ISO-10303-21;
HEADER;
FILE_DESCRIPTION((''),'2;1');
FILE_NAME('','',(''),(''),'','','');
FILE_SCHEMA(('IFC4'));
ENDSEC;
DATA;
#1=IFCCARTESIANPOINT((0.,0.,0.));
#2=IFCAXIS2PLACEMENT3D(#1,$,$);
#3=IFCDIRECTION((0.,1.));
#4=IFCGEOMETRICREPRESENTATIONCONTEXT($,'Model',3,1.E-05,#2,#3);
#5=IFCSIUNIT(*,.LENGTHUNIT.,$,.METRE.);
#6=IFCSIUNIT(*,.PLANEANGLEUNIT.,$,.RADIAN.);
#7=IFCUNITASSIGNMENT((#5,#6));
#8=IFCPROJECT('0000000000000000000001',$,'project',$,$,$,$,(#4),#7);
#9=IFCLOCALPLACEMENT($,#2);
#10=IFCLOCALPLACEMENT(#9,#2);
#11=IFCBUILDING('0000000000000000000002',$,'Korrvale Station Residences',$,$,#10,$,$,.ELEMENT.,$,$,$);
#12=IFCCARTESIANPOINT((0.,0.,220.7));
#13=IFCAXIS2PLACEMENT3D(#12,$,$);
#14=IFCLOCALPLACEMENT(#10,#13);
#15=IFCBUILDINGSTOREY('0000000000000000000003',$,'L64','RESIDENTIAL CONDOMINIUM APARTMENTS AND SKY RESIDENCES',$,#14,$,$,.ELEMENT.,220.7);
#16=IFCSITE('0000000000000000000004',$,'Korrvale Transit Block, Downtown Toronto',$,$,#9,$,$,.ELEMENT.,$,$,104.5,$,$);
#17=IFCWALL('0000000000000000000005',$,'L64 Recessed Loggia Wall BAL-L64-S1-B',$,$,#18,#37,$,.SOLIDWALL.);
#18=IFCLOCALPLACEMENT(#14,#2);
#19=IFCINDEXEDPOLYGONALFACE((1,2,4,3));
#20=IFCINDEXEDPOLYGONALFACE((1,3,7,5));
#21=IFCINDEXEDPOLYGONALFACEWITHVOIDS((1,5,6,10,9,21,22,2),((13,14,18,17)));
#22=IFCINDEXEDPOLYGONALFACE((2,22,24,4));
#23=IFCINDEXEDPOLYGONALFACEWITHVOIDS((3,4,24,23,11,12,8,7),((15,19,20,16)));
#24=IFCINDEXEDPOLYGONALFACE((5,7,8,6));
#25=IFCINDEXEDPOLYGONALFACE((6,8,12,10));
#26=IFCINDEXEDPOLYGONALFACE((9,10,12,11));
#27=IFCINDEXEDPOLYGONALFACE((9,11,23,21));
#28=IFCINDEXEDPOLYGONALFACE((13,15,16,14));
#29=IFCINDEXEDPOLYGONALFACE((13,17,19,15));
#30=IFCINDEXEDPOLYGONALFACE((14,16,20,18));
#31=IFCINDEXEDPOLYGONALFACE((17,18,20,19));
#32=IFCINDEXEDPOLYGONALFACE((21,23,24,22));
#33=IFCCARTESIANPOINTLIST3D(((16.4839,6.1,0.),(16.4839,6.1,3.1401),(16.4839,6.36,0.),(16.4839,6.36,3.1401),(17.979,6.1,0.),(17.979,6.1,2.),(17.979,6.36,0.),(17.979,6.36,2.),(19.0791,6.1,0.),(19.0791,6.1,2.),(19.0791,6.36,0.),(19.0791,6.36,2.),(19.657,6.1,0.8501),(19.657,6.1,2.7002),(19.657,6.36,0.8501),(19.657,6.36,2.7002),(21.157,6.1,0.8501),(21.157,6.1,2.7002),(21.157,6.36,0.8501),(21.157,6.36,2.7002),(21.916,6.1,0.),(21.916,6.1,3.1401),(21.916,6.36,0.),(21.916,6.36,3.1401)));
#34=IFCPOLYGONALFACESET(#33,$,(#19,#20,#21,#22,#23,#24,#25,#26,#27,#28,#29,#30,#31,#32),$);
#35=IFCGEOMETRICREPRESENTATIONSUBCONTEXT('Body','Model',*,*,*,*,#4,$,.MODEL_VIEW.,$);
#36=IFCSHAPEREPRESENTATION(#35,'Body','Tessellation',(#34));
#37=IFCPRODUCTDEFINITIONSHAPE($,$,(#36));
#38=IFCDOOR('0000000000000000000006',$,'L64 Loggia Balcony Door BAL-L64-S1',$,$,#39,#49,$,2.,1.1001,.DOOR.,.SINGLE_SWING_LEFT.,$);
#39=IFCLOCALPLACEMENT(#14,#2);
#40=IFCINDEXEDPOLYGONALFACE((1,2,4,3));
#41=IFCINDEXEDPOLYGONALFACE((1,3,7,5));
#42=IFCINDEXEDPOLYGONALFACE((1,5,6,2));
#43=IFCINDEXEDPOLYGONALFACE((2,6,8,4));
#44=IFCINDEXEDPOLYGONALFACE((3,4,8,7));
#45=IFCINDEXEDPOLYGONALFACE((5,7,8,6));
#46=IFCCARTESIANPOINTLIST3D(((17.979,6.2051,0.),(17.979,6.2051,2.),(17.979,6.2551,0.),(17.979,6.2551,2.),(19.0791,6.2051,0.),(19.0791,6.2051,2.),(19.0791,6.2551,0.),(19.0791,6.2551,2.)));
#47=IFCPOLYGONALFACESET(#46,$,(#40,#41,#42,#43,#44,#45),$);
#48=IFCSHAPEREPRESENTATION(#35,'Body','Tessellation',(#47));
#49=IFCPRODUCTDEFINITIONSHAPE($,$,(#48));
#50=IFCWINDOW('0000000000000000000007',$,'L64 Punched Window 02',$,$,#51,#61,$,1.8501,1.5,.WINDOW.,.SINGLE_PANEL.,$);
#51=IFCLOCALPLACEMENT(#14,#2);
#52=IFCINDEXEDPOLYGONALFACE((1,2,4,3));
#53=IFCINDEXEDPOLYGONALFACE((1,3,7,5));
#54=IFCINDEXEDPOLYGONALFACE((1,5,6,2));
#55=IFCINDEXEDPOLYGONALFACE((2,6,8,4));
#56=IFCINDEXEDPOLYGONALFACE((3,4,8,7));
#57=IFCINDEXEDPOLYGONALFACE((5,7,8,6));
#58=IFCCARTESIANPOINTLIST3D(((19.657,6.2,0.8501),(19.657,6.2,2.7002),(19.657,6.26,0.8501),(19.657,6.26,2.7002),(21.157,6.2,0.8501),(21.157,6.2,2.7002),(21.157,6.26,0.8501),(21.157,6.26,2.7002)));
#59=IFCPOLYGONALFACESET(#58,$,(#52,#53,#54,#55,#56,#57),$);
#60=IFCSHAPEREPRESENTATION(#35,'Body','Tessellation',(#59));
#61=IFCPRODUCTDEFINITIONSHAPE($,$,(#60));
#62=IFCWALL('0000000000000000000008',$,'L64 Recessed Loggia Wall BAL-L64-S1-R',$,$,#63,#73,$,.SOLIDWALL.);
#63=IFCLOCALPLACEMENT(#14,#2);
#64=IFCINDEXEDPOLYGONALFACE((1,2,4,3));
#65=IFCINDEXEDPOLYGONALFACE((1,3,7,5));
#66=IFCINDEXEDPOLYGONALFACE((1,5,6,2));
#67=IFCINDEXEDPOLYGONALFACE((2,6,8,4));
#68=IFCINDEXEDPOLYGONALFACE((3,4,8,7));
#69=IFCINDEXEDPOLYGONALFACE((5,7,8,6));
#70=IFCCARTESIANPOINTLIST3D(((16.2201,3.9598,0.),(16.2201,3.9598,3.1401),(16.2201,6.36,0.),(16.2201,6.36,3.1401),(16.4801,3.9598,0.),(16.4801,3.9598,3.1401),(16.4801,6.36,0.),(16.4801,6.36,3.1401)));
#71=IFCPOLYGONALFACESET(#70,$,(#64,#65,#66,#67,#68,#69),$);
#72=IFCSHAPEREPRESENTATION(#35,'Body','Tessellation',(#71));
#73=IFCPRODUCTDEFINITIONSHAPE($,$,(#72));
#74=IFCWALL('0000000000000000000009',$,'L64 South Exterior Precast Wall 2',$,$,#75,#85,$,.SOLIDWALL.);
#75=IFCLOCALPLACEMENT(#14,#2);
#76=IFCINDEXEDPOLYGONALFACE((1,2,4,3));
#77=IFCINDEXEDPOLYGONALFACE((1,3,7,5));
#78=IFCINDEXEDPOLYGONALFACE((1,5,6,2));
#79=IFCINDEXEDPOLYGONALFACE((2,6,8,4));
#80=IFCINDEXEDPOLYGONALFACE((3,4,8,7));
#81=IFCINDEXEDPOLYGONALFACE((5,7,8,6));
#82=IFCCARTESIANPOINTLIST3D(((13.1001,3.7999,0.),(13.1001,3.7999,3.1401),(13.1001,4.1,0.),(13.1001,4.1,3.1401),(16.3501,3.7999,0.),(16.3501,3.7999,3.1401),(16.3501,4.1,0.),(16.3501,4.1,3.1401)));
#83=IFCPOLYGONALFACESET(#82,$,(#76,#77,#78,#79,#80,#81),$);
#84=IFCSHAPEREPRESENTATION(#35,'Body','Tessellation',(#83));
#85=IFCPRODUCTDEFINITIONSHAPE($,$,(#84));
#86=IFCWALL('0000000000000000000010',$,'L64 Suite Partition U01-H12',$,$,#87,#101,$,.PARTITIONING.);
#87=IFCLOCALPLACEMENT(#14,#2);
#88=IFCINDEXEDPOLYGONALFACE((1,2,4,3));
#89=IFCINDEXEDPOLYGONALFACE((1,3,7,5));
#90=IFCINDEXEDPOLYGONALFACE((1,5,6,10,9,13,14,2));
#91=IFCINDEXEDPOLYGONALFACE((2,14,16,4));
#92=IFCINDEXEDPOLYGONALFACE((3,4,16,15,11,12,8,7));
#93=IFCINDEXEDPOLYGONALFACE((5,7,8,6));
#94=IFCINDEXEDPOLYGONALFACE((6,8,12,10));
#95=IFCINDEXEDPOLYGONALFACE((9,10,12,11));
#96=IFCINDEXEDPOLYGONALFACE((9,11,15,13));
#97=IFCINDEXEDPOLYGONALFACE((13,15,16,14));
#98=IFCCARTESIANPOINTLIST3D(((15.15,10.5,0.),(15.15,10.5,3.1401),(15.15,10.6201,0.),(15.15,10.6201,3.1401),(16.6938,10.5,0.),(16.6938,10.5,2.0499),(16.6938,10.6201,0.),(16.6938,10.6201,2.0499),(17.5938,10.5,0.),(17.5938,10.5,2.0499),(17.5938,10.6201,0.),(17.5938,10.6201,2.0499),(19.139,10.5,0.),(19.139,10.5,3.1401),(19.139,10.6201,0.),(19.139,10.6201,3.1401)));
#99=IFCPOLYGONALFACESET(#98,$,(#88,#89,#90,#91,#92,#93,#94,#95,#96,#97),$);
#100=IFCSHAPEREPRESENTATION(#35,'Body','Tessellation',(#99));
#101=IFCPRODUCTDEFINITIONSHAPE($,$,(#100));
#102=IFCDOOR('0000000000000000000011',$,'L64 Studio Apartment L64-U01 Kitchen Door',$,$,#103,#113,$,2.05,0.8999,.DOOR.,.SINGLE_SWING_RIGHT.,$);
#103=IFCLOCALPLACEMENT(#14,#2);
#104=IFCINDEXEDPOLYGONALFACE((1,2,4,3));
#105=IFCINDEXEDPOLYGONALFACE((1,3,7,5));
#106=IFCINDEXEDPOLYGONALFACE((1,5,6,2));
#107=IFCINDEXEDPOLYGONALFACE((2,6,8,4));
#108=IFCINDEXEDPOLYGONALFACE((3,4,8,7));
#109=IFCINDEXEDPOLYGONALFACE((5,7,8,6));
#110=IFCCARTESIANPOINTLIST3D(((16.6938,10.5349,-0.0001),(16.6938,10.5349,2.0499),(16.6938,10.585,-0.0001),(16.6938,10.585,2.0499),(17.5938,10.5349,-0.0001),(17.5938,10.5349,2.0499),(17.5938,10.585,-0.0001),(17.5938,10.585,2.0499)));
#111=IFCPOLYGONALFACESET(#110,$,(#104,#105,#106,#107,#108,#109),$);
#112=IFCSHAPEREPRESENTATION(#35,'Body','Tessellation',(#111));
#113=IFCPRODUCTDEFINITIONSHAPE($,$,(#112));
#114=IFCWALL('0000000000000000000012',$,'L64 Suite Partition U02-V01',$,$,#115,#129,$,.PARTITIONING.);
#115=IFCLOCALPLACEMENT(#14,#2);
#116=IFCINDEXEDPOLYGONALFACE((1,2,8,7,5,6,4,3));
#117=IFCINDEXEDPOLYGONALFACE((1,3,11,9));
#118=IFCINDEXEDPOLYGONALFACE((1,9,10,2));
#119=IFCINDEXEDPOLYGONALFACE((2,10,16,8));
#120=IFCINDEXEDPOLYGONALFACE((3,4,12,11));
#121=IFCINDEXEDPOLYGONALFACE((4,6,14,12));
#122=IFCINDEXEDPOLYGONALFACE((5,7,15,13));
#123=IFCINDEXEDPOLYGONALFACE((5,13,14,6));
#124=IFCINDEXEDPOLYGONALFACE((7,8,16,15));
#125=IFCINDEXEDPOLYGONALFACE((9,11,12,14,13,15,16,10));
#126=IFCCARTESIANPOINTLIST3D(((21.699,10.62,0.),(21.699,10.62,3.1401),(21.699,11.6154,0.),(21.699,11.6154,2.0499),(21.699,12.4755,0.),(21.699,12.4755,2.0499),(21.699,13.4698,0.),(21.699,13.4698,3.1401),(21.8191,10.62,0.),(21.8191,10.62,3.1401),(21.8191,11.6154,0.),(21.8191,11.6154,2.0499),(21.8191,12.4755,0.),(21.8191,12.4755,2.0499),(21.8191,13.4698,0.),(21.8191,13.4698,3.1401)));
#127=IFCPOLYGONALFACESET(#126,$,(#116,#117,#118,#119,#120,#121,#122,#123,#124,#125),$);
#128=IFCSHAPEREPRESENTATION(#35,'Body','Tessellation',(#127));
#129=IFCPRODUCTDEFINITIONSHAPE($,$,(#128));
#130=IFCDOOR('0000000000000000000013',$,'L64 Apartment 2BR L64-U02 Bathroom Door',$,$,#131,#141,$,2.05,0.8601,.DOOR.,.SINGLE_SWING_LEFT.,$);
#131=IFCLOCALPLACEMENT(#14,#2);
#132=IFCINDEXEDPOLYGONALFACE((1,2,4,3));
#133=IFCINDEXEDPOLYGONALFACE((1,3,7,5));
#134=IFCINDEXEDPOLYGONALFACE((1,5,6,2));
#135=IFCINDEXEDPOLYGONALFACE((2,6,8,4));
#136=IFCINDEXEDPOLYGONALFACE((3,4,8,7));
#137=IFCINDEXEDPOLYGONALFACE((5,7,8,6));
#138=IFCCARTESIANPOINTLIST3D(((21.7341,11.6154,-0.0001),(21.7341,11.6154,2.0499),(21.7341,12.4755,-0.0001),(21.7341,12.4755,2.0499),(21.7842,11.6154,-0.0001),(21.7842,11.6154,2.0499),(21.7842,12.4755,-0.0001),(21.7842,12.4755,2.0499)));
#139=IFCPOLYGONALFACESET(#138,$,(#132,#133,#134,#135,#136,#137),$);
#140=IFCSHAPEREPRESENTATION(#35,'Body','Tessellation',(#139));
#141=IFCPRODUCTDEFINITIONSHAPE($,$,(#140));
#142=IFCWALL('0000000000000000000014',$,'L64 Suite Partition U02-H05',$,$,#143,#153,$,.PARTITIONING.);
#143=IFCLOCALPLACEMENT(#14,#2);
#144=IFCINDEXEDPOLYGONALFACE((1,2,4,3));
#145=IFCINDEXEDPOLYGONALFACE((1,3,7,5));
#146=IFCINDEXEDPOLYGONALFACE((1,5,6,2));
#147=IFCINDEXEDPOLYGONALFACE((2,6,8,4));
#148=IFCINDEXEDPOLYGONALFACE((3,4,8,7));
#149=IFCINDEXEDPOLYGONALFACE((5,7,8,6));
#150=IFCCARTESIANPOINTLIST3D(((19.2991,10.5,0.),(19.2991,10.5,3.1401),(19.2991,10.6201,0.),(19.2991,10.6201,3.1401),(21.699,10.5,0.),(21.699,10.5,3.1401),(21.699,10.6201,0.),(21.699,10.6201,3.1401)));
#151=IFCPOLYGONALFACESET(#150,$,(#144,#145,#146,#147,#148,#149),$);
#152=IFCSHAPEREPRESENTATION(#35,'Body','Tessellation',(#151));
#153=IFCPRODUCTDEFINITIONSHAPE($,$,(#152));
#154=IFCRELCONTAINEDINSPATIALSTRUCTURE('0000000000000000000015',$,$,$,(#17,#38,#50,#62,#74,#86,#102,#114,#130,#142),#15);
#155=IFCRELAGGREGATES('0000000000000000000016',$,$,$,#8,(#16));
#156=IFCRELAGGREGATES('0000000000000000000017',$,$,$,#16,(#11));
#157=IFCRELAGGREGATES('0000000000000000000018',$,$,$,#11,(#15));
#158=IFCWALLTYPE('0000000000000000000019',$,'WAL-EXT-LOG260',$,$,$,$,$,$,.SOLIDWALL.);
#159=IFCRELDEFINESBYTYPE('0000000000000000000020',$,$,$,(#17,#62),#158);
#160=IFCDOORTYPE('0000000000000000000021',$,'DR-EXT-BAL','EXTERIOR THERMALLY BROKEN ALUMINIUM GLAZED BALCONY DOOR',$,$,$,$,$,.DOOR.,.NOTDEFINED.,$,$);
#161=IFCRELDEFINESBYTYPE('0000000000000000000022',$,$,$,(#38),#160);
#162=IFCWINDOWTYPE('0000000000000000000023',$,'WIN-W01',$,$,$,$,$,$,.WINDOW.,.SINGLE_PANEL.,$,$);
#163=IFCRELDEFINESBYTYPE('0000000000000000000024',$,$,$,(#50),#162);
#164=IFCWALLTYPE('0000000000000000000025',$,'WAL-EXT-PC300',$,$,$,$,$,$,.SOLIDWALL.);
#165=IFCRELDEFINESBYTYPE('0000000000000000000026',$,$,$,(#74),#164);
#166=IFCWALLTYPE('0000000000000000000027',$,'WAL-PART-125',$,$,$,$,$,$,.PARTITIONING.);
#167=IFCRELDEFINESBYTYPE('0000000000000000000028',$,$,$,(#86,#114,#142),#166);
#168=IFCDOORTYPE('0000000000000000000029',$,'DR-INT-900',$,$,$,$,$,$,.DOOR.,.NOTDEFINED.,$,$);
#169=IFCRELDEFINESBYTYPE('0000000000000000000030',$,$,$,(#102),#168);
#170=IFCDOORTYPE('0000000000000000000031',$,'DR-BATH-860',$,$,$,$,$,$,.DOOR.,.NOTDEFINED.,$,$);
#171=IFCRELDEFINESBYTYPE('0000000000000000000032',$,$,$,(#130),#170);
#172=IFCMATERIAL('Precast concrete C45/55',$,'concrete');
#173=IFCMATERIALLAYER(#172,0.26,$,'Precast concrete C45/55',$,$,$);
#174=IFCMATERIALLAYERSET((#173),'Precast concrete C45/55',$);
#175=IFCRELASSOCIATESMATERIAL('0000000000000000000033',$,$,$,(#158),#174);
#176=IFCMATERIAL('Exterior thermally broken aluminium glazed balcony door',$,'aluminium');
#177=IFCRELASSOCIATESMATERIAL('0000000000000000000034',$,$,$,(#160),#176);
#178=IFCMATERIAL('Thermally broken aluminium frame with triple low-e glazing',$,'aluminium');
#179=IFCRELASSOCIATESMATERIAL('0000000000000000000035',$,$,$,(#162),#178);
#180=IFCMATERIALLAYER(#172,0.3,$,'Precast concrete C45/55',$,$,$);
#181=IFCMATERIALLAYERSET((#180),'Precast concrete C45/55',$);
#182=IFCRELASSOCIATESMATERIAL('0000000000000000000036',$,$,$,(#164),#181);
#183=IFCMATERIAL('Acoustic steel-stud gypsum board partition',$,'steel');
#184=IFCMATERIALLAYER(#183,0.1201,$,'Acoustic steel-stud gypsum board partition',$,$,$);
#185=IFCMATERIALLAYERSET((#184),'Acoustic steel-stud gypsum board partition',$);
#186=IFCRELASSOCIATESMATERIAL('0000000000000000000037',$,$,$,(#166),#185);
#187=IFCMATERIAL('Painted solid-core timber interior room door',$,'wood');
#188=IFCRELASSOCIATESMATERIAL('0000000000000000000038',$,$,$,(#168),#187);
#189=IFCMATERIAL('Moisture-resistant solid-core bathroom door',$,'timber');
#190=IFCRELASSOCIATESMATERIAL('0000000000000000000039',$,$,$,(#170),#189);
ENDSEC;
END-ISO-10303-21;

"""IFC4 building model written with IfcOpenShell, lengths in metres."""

from ifc_helpers import new_model, si_unit, direction, frame, frame_2d, origin, place, context, subcontext, project, spatial, rectangle, extrude, material, layer, layer_set, type_object, element, fill, save


model = new_model("IFC4")

# Units and contexts
model_context = context("Model", 3, precision=1e-05, world=origin(), true_north=direction((0.0, 1.0)))
body_context = subcontext(model_context, "Body", "Model", "MODEL_VIEW")
ifc_project = project(units=[si_unit("LENGTHUNIT", "METRE"), si_unit("PLANEANGLEUNIT", "RADIAN")], contexts=[model_context])

# Site, building, storey
site_placement = place(None, origin())
site = spatial("IfcSite", under=ifc_project, at=site_placement, Name="Korrvale Transit Block, Downtown Toronto", CompositionType="ELEMENT", RefElevation=104.5)
building_placement = place(site_placement, origin())
building = spatial("IfcBuilding", under=site, at=building_placement, Name="Korrvale Station Residences", CompositionType="ELEMENT")
storey_placement = place(building_placement, frame((0.0, 0.0, 220.7)))
storey = spatial("IfcBuildingStorey", under=building, at=storey_placement, Name="L64", Description="RESIDENTIAL CONDOMINIUM APARTMENTS AND SKY RESIDENCES", CompositionType="ELEMENT", Elevation=220.7)

# Shared definitions
ifc_material_1 = material(Name="Precast concrete C45/55", Category="concrete")
ifc_layer_1 = layer(ifc_material_1, 0.26, Name="Precast concrete C45/55")
ifc_layer_set_1 = layer_set([ifc_layer_1], Name="Precast concrete C45/55")
wall_type_1 = type_object("IfcWallType", Name="WAL-EXT-LOG260", PredefinedType="SOLIDWALL", material=ifc_layer_set_1)

# Wall, openings, door, window
wall_1_placement = place(storey_placement, frame((21.916, 6.23, 0.0), z_axis=(0.0, 0.0, 1.0), x_axis=(-1.0, 0.0, 0.0)))
wall_1 = element("IfcWall", 1, at=wall_1_placement, inside=storey, type_object=wall_type_1, Name="L64 Recessed Loggia Wall BAL-L64-S1-B", PredefinedType="SOLIDWALL", context=body_context, shape_type="SweptSolid", body=[
    extrude(rectangle(XDim=5.4321, YDim=0.26, at=frame_2d((2.7161, 0.0))), origin(), (0.0, 0.0, 1.0), 3.1401),
])
opening_1_placement = place(wall_1_placement, frame((2.8369, 0.0, 0.0)))
opening_1 = element("IfcOpeningElement", 2, at=opening_1_placement, cuts=wall_1, PredefinedType="OPENING", context=body_context, shape_type="SweptSolid", body=[
    extrude(rectangle(XDim=1.1001, YDim=2.0, at=frame_2d((0.55, 1.0))), frame((0.0, 0.1401, 0.0), z_axis=(0.0, -1.0, 0.0), x_axis=(1.0, 0.0, 0.0)), (0.0, 0.0, 1.0), 0.28),
])
opening_2_placement = place(wall_1_placement, frame((0.759, 0.0, 0.8501)))
opening_2 = element("IfcOpeningElement", 3, at=opening_2_placement, cuts=wall_1, PredefinedType="OPENING", context=body_context, shape_type="SweptSolid", body=[
    extrude(rectangle(XDim=1.5, YDim=1.8501, at=frame_2d((0.75, 0.925))), frame((0.0, 0.1401, 0.0), z_axis=(0.0, -1.0, 0.0), x_axis=(1.0, 0.0, 0.0)), (0.0, 0.0, 1.0), 0.28),
])
ifc_material_2 = material(Name="Exterior thermally broken aluminium glazed balcony door", Category="aluminium")
door_type_1 = type_object("IfcDoorType", Name="DR-EXT-BAL", Description="EXTERIOR THERMALLY BROKEN ALUMINIUM GLAZED BALCONY DOOR", OperationType="NOTDEFINED", PredefinedType="DOOR", material=ifc_material_2)
door_1_placement = place(opening_1_placement, origin())
door_1 = element("IfcDoor", 4, at=door_1_placement, inside=storey, type_object=door_type_1, Name="L64 Loggia Balcony Door BAL-L64-S1", OperationType="SINGLE_SWING_LEFT", OverallHeight=2.0, OverallWidth=1.1001, PredefinedType="DOOR", context=body_context, shape_type="SweptSolid", body=[
    extrude(rectangle(XDim=1.1001, YDim=2.0, at=frame_2d((0.55, 1.0))), frame((0.0, 0.0249, 0.0), z_axis=(0.0, -1.0, 0.0), x_axis=(1.0, 0.0, 0.0)), (0.0, 0.0, 1.0), 0.05),
])
fill(opening_1, door_1)
ifc_material_3 = material(Name="Thermally broken aluminium frame with triple low-e glazing", Category="aluminium")
window_type = type_object("IfcWindowType", Name="WIN-W01", PartitioningType="SINGLE_PANEL", PredefinedType="WINDOW", material=ifc_material_3)
window_placement = place(opening_2_placement, origin())
window = element("IfcWindow", 5, at=window_placement, inside=storey, type_object=window_type, Name="L64 Punched Window 02", OverallHeight=1.8501, OverallWidth=1.5, PartitioningType="SINGLE_PANEL", PredefinedType="WINDOW", context=body_context, shape_type="SweptSolid", body=[
    extrude(rectangle(XDim=1.5, YDim=1.8501, at=frame_2d((0.75, 0.925))), frame((0.0, 0.03, 0.0), z_axis=(0.0, -1.0, 0.0), x_axis=(1.0, 0.0, 0.0)), (0.0, 0.0, 1.0), 0.0601),
])
fill(opening_2, window)

# Walls
wall_2_placement = place(storey_placement, frame((16.3501, 6.3601, 0.0), z_axis=(0.0, 0.0, 1.0), x_axis=(0.0, -1.0, 0.0)))
element("IfcWall", 6, at=wall_2_placement, inside=storey, type_object=wall_type_1, Name="L64 Recessed Loggia Wall BAL-L64-S1-R", PredefinedType="SOLIDWALL", context=body_context, shape_type="SweptSolid", body=[
    extrude(rectangle(XDim=2.4001, YDim=0.26, at=frame_2d((1.2002, 0.0))), origin(), (0.0, 0.0, 1.0), 3.1401),
])
ifc_layer_2 = layer(ifc_material_1, 0.3, Name="Precast concrete C45/55")
ifc_layer_set_2 = layer_set([ifc_layer_2], Name="Precast concrete C45/55")
wall_type_2 = type_object("IfcWallType", Name="WAL-EXT-PC300", PredefinedType="SOLIDWALL", material=ifc_layer_set_2)
wall_3_placement = place(storey_placement, frame((16.3501, 3.95, 0.0), z_axis=(0.0, 0.0, 1.0), x_axis=(-1.0, 0.0, 0.0)))
element("IfcWall", 7, at=wall_3_placement, inside=storey, type_object=wall_type_2, Name="L64 South Exterior Precast Wall 2", PredefinedType="SOLIDWALL", context=body_context, shape_type="SweptSolid", body=[
    extrude(rectangle(XDim=3.25, YDim=0.3, at=frame_2d((1.625, 0.0))), origin(), (0.0, 0.0, 1.0), 3.1401),
])

# Walls, openings, doors
ifc_material_4 = material(Name="Acoustic steel-stud gypsum board partition", Category="steel")
ifc_layer_3 = layer(ifc_material_4, 0.1201, Name="Acoustic steel-stud gypsum board partition")
ifc_layer_set_3 = layer_set([ifc_layer_3], Name="Acoustic steel-stud gypsum board partition")
wall_type_3 = type_object("IfcWallType", Name="WAL-PART-125", PredefinedType="PARTITIONING", material=ifc_layer_set_3)
wall_4_placement = place(storey_placement, frame((15.1499, 10.5601, 0.0), z_axis=(0.0, 0.0, 1.0), x_axis=(1.0, 0.0, 0.0)))
wall_4 = element("IfcWall", 8, at=wall_4_placement, inside=storey, type_object=wall_type_3, Name="L64 Suite Partition U01-H12", PredefinedType="PARTITIONING", context=body_context, shape_type="SweptSolid", body=[
    extrude(rectangle(XDim=3.989, YDim=0.1201, at=frame_2d((1.9946, 0.0))), origin(), (0.0, 0.0, 1.0), 3.1401),
])
opening_3_placement = place(wall_4_placement, frame((1.5439, 0.0, 0.0)))
opening_3 = element("IfcOpeningElement", 9, at=opening_3_placement, cuts=wall_4, PredefinedType="OPENING", context=body_context, shape_type="SweptSolid", body=[
    extrude(rectangle(XDim=0.8999, YDim=2.05, at=frame_2d((0.45, 1.0249))), frame((0.0, 0.0701, 0.0), z_axis=(0.0, -1.0, 0.0), x_axis=(1.0, 0.0, 0.0)), (0.0, 0.0, 1.0), 0.1401),
])
ifc_material_5 = material(Name="Painted solid-core timber interior room door", Category="wood")
door_type_2 = type_object("IfcDoorType", Name="DR-INT-900", OperationType="NOTDEFINED", PredefinedType="DOOR", material=ifc_material_5)
door_2_placement = place(opening_3_placement, origin())
door_2 = element("IfcDoor", 10, at=door_2_placement, inside=storey, type_object=door_type_2, Name="L64 Studio Apartment L64-U01 Kitchen Door", OperationType="SINGLE_SWING_RIGHT", OverallHeight=2.05, OverallWidth=0.8999, PredefinedType="DOOR", context=body_context, shape_type="SweptSolid", body=[
    extrude(rectangle(XDim=0.8999, YDim=2.05, at=frame_2d((0.45, 1.0249))), frame((0.0, 0.0249, 0.0), z_axis=(0.0, -1.0, 0.0), x_axis=(1.0, 0.0, 0.0)), (0.0, 0.0, 1.0), 0.05),
])
fill(opening_3, door_2)
wall_5_placement = place(storey_placement, frame((21.759, 10.6201, 0.0), z_axis=(0.0, 0.0, 1.0), x_axis=(0.0, 1.0, 0.0)))
wall_5 = element("IfcWall", 11, at=wall_5_placement, inside=storey, type_object=wall_type_3, Name="L64 Suite Partition U02-V01", PredefinedType="PARTITIONING", context=body_context, shape_type="SweptSolid", body=[
    extrude(rectangle(XDim=2.8499, YDim=0.1201, at=frame_2d((1.4248, 0.0))), origin(), (0.0, 0.0, 1.0), 3.1401),
])
opening_4_placement = place(wall_5_placement, frame((0.9951, 0.0, 0.0)))
opening_4 = element("IfcOpeningElement", 12, at=opening_4_placement, cuts=wall_5, PredefinedType="OPENING", context=body_context, shape_type="SweptSolid", body=[
    extrude(rectangle(XDim=0.8601, YDim=2.05, at=frame_2d((0.4302, 1.0249))), frame((0.0, 0.0701, 0.0), z_axis=(0.0, -1.0, 0.0), x_axis=(1.0, 0.0, 0.0)), (0.0, 0.0, 1.0), 0.1401),
])
ifc_material_6 = material(Name="Moisture-resistant solid-core bathroom door", Category="timber")
door_type_3 = type_object("IfcDoorType", Name="DR-BATH-860", OperationType="NOTDEFINED", PredefinedType="DOOR", material=ifc_material_6)
door_3_placement = place(opening_4_placement, origin())
door_3 = element("IfcDoor", 13, at=door_3_placement, inside=storey, type_object=door_type_3, Name="L64 Apartment 2BR L64-U02 Bathroom Door", OperationType="SINGLE_SWING_LEFT", OverallHeight=2.05, OverallWidth=0.8601, PredefinedType="DOOR", context=body_context, shape_type="SweptSolid", body=[
    extrude(rectangle(XDim=0.8601, YDim=2.05, at=frame_2d((0.4302, 1.0249))), frame((0.0, 0.0249, 0.0), z_axis=(0.0, -1.0, 0.0), x_axis=(1.0, 0.0, 0.0)), (0.0, 0.0, 1.0), 0.05),
])
fill(opening_4, door_3)

# Wall
wall_6_placement = place(storey_placement, frame((19.2991, 10.5601, 0.0), z_axis=(0.0, 0.0, 1.0), x_axis=(1.0, 0.0, 0.0)))
element("IfcWall", 14, at=wall_6_placement, inside=storey, type_object=wall_type_3, Name="L64 Suite Partition U02-H05", PredefinedType="PARTITIONING", context=body_context, shape_type="SweptSolid", body=[
    extrude(rectangle(XDim=2.3999, YDim=0.1201, at=frame_2d((1.2, 0.0))), origin(), (0.0, 0.0, 1.0), 3.1401),
])

save(model, "model.ifc")
